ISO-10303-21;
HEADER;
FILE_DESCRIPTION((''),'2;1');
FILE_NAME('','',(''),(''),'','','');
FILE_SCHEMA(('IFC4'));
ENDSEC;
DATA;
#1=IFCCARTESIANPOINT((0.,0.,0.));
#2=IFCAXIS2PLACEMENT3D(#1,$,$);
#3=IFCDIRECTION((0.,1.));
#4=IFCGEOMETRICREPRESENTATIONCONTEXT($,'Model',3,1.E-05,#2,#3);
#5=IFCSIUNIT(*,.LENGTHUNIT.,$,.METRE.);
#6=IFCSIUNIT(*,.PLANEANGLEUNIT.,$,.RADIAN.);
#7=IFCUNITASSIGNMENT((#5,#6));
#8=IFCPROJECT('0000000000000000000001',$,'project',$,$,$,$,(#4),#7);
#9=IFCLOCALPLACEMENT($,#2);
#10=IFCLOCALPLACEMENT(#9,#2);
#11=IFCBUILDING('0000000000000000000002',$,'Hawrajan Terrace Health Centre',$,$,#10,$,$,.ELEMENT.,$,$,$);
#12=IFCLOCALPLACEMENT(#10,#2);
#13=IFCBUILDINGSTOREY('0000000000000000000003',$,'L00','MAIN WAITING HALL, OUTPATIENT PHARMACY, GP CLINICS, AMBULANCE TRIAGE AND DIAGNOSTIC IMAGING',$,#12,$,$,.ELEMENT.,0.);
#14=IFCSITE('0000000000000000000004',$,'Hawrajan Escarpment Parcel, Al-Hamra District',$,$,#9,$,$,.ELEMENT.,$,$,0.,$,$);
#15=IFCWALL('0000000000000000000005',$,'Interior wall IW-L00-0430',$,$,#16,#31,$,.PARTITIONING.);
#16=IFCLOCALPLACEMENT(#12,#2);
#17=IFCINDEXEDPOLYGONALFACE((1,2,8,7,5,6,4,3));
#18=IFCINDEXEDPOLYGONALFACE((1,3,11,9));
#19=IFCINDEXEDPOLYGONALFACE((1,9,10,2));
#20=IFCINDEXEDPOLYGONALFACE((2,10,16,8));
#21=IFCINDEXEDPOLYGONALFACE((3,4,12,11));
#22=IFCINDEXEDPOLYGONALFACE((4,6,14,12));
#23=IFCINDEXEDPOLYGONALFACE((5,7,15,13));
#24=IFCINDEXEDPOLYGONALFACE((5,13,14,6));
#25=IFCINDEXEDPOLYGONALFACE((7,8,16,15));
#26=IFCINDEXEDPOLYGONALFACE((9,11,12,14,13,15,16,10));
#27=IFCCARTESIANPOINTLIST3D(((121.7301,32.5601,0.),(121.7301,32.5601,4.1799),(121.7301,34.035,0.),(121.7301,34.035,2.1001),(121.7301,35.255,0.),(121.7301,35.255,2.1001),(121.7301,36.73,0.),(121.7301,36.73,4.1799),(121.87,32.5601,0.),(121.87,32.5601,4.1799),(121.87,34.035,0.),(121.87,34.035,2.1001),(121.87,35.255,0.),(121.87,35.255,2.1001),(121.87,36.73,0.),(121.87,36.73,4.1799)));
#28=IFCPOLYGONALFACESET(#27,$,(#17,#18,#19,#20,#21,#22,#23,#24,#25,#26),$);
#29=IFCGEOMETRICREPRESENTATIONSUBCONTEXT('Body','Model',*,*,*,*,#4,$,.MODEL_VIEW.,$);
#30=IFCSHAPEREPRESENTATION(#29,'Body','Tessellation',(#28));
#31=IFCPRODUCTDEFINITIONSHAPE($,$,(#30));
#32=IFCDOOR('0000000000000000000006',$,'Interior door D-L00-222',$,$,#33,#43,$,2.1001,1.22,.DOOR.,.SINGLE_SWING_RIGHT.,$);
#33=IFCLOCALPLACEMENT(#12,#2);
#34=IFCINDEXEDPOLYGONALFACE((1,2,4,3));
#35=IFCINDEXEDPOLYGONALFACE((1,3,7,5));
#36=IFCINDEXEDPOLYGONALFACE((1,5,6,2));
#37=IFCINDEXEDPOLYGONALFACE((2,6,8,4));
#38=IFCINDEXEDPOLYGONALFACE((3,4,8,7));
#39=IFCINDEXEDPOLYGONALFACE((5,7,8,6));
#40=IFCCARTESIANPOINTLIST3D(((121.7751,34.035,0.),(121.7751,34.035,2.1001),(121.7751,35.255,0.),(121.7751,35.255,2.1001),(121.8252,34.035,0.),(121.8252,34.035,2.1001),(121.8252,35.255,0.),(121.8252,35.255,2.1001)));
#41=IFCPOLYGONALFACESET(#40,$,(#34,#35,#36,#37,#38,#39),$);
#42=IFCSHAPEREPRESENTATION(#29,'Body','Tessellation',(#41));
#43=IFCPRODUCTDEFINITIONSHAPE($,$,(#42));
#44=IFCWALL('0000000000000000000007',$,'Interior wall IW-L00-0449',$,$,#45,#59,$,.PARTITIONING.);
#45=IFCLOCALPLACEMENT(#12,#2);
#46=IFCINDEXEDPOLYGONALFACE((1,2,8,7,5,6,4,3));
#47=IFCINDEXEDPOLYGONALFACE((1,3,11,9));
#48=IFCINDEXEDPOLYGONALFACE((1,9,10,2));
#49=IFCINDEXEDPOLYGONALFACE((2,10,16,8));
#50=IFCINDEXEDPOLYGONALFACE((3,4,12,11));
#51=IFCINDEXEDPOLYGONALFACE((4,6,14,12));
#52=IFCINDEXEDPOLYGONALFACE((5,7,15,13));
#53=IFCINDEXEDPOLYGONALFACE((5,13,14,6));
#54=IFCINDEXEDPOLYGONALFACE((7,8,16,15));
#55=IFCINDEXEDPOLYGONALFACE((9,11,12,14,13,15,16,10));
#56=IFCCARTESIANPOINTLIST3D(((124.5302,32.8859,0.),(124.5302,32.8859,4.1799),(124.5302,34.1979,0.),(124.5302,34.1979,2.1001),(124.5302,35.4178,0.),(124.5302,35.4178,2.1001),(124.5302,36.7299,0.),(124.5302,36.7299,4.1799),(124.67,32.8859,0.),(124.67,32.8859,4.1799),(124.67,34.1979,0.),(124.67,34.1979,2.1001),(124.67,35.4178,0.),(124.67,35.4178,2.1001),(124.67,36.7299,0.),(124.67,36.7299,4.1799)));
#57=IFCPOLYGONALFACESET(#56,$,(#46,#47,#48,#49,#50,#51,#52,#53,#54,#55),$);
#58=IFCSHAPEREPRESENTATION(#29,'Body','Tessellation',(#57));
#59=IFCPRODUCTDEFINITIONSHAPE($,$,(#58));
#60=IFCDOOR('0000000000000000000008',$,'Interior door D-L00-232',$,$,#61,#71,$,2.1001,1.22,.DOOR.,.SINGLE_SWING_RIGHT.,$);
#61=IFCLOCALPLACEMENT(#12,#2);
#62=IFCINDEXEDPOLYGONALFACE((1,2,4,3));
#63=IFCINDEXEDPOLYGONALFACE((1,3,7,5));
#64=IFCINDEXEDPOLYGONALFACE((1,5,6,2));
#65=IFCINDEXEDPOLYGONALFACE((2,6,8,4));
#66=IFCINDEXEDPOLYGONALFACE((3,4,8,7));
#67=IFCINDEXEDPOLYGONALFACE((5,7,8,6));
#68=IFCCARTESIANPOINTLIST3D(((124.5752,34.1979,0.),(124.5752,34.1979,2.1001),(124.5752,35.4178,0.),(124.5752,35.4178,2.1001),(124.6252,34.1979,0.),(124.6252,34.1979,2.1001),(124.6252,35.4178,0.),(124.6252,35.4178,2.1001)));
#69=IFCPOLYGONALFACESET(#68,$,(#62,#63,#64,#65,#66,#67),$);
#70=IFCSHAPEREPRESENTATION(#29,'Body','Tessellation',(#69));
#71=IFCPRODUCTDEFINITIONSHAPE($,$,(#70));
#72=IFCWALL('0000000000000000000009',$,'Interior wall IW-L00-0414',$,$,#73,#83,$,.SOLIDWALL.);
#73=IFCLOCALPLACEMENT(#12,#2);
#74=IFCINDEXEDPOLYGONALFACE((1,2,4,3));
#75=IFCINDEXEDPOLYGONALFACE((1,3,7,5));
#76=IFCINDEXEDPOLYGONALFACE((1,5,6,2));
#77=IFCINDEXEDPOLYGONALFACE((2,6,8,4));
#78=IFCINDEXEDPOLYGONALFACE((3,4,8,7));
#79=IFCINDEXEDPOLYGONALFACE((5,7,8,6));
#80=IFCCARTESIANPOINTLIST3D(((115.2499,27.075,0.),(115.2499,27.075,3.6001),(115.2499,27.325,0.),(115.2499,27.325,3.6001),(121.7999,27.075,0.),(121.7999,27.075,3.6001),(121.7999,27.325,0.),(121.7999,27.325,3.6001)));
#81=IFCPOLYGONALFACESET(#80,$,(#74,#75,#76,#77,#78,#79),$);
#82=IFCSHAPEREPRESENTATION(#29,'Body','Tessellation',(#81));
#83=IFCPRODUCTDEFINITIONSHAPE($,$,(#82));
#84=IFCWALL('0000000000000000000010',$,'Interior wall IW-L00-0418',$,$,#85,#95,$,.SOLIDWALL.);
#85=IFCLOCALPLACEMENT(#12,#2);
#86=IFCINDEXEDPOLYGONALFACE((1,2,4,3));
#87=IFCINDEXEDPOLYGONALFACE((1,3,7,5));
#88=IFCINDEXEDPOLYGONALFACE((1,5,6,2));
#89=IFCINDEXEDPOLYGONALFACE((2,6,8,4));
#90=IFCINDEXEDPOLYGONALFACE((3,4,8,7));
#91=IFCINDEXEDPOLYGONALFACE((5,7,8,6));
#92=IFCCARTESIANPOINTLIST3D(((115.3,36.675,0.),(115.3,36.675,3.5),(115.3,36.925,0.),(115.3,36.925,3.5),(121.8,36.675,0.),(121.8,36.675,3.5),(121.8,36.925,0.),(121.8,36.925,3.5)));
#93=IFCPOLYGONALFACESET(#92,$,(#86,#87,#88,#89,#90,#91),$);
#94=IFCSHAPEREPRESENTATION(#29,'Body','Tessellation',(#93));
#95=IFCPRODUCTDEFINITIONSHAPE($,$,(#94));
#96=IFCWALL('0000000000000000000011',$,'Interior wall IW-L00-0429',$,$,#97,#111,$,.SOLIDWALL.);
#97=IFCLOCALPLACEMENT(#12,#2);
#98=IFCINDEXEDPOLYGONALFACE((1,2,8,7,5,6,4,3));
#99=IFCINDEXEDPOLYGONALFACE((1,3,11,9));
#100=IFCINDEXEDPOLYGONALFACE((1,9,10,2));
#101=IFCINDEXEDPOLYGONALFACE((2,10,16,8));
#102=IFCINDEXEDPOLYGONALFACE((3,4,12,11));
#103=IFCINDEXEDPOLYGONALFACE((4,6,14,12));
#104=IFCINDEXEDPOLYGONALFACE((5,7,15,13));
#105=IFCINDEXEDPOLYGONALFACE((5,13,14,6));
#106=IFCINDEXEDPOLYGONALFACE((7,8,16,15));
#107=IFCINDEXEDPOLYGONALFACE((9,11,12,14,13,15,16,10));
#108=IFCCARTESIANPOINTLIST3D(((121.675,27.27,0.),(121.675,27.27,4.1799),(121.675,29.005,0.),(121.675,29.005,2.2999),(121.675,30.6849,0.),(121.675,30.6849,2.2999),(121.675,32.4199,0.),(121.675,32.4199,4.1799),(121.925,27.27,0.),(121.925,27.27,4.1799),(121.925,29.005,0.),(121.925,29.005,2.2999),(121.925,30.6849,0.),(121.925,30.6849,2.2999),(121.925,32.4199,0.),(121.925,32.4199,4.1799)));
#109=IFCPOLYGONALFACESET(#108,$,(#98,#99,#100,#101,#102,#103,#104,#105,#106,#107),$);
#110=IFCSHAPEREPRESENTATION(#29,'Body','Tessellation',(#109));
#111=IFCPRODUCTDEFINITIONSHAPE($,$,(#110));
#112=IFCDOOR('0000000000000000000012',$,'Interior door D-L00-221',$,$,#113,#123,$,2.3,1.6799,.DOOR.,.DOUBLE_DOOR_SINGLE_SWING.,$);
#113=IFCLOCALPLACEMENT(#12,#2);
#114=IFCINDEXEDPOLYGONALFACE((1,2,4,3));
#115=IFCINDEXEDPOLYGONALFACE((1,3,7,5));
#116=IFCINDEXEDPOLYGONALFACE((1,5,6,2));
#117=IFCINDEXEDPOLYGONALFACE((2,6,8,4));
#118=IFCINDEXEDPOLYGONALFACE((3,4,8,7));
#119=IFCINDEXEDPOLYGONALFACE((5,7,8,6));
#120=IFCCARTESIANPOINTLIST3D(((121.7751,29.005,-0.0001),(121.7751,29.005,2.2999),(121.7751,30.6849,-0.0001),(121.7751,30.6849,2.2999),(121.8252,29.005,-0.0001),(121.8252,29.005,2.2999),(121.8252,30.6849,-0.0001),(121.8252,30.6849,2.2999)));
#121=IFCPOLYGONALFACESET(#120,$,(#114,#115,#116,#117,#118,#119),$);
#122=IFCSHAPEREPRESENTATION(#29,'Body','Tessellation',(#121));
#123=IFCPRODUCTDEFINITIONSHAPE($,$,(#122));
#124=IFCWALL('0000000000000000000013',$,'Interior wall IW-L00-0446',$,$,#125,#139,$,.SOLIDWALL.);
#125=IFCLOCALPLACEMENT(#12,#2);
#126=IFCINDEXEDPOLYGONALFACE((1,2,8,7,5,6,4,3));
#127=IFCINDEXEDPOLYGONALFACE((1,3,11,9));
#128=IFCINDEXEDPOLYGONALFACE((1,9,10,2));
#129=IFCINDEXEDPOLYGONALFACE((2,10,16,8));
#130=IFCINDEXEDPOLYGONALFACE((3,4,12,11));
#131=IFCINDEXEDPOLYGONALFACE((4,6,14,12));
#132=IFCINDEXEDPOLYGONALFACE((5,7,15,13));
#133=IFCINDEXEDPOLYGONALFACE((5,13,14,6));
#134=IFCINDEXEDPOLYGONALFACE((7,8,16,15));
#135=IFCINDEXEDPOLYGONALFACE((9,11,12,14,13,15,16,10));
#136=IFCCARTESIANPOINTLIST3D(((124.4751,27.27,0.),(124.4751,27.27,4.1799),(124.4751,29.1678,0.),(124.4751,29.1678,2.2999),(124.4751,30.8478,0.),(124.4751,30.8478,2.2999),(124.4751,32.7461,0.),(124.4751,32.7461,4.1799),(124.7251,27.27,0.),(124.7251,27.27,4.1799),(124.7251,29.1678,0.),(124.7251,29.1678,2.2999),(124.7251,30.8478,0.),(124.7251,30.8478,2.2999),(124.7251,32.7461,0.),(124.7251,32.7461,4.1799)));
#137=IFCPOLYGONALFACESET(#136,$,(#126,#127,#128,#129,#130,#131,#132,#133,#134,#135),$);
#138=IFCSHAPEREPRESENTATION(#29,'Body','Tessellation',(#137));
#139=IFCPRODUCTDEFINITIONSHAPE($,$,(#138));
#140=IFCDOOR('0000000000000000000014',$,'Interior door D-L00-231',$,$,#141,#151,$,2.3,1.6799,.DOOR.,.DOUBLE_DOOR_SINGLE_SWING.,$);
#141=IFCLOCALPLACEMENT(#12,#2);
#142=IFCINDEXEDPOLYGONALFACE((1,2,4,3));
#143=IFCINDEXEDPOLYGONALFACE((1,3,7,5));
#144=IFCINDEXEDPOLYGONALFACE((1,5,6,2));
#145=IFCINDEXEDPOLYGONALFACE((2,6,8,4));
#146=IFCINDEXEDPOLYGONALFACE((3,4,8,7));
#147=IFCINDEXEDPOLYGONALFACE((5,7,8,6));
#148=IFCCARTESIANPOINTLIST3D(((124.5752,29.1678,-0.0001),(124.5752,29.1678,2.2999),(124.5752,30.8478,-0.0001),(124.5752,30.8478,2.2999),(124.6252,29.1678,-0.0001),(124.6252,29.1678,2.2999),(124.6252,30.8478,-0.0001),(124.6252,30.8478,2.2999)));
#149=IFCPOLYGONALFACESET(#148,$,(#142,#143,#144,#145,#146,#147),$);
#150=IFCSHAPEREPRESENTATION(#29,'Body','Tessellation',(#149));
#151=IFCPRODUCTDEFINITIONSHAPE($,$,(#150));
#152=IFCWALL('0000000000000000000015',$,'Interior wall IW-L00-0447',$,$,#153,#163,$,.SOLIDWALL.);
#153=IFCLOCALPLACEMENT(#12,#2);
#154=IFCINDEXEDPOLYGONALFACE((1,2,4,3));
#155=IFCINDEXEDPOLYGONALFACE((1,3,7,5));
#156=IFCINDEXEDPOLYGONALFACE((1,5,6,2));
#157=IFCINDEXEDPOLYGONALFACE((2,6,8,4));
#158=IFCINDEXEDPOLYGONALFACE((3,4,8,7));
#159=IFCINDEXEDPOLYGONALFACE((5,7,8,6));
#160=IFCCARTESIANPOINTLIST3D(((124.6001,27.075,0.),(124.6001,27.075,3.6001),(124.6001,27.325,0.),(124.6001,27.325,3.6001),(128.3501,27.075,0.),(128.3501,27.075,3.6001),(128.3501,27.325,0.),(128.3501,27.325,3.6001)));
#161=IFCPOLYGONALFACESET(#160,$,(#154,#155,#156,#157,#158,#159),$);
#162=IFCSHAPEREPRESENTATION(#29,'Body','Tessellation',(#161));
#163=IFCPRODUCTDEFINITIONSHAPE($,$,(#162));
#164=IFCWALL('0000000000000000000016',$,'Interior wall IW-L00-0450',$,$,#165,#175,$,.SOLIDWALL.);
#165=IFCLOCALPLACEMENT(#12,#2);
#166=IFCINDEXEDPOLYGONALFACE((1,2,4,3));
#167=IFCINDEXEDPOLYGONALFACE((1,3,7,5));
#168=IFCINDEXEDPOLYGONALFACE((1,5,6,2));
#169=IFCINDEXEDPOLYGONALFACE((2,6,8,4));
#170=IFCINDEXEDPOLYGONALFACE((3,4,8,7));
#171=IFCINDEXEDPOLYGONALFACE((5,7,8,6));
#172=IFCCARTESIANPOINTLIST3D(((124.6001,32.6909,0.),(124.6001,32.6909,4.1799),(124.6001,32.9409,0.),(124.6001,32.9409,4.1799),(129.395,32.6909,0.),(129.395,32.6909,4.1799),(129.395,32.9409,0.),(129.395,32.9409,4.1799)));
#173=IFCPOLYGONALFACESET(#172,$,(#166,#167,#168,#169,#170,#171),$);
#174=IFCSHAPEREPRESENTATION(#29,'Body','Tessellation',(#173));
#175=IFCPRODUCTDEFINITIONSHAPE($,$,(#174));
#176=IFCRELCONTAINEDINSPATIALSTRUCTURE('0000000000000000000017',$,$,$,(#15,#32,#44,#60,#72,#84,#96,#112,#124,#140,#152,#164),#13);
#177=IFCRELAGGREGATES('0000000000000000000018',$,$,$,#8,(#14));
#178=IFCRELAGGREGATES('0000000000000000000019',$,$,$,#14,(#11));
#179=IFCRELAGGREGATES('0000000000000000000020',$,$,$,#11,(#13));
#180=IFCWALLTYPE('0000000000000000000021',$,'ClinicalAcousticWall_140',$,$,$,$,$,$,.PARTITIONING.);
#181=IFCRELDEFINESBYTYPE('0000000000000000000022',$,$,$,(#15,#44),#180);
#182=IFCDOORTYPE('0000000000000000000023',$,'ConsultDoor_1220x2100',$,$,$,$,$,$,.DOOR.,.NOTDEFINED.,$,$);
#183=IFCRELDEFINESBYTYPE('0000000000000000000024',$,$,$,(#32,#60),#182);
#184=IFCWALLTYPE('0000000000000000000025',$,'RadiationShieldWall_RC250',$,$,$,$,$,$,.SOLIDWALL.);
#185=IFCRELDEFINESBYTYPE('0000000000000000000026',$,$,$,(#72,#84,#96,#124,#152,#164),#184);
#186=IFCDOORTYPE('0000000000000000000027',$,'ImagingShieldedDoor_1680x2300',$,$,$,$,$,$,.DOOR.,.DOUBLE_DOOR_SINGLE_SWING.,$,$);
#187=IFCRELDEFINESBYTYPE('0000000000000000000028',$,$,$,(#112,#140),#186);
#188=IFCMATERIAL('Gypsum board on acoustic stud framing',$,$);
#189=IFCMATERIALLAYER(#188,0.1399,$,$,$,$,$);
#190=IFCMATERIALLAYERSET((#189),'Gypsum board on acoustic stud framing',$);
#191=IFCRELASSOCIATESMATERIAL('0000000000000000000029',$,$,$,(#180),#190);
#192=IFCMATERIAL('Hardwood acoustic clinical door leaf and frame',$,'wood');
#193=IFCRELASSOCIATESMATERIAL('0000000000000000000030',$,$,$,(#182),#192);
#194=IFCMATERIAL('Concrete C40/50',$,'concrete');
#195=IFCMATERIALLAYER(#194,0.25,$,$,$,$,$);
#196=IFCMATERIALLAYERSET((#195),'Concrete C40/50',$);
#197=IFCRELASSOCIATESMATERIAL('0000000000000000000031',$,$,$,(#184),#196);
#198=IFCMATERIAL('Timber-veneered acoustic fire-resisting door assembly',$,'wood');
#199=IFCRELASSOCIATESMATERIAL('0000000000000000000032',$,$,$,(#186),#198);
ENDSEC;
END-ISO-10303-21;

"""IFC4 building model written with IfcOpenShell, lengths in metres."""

from ifc_helpers import new_model, si_unit, direction, frame, frame_2d, origin, place, context, subcontext, project, spatial, rectangle, extrude, material, layer, layer_set, type_object, element, fill, save


model = new_model("IFC4")

# Units and contexts
model_context = context("Model", 3, precision=1e-05, world=origin(), true_north=direction((0.0, 1.0)))
body_context = subcontext(model_context, "Body", "Model", "MODEL_VIEW")
ifc_project = project(units=[si_unit("LENGTHUNIT", "METRE"), si_unit("PLANEANGLEUNIT", "RADIAN")], contexts=[model_context])

# Site, building, storey
site_placement = place(None, origin())
site = spatial("IfcSite", under=ifc_project, at=site_placement, Name="Hawrajan Escarpment Parcel, Al-Hamra District", CompositionType="ELEMENT", RefElevation=0.0)
building_placement = place(site_placement, origin())
building = spatial("IfcBuilding", under=site, at=building_placement, Name="Hawrajan Terrace Health Centre", CompositionType="ELEMENT")
storey_placement = place(building_placement, origin())
storey = spatial("IfcBuildingStorey", under=building, at=storey_placement, Name="L00", Description="MAIN WAITING HALL, OUTPATIENT PHARMACY, GP CLINICS, AMBULANCE TRIAGE AND DIAGNOSTIC IMAGING", CompositionType="ELEMENT", Elevation=0.0)

# Shared definitions
ifc_material_1 = material(Name="Concrete C40/50", Category="concrete")

# Walls, openings, doors
ifc_material_2 = material(Name="Gypsum board on acoustic stud framing")
ifc_layer_1 = layer(ifc_material_2, 0.1399)
ifc_layer_set_1 = layer_set([ifc_layer_1], Name="Gypsum board on acoustic stud framing")
wall_type_1 = type_object("IfcWallType", Name="ClinicalAcousticWall_140", PredefinedType="PARTITIONING", material=ifc_layer_set_1)
wall_1_placement = place(storey_placement, frame((121.8, 32.5601, 0.0), z_axis=(0.0, 0.0, 1.0), x_axis=(0.0, 1.0, 0.0)))
wall_1 = element("IfcWall", 1, at=wall_1_placement, inside=storey, type_object=wall_type_1, Name="Interior wall IW-L00-0430", PredefinedType="PARTITIONING", context=body_context, shape_type="SweptSolid", body=[
    extrude(rectangle(XDim=4.1699, YDim=0.1399, at=frame_2d((2.085, 0.0))), origin(), (0.0, 0.0, 1.0), 4.1799),
])
opening_1_placement = place(wall_1_placement, frame((1.4751, 0.0, 0.0)))
opening_1 = element("IfcOpeningElement", 2, at=opening_1_placement, cuts=wall_1, PredefinedType="OPENING", context=body_context, shape_type="SweptSolid", body=[
    extrude(rectangle(XDim=1.22, YDim=2.1001, at=frame_2d((0.6099, 1.05))), frame((0.0, 0.0798, 0.0), z_axis=(0.0, -1.0, 0.0), x_axis=(1.0, 0.0, 0.0)), (0.0, 0.0, 1.0), 0.1599),
])
ifc_material_3 = material(Name="Hardwood acoustic clinical door leaf and frame", Category="wood")
door_type_1 = type_object("IfcDoorType", Name="ConsultDoor_1220x2100", OperationType="NOTDEFINED", PredefinedType="DOOR", material=ifc_material_3)
door_1_placement = place(opening_1_placement, origin())
door_1 = element("IfcDoor", 3, at=door_1_placement, inside=storey, type_object=door_type_1, Name="Interior door D-L00-222", OperationType="SINGLE_SWING_RIGHT", OverallHeight=2.1001, OverallWidth=1.22, PredefinedType="DOOR", context=body_context, shape_type="SweptSolid", body=[
    extrude(rectangle(XDim=1.22, YDim=2.1001, at=frame_2d((0.6099, 1.05))), frame((0.0, 0.0249, 0.0), z_axis=(0.0, -1.0, 0.0), x_axis=(1.0, 0.0, 0.0)), (0.0, 0.0, 1.0), 0.05),
])
fill(opening_1, door_1)
wall_2_placement = place(storey_placement, frame((124.6001, 32.886, 0.0), z_axis=(0.0, 0.0, 1.0), x_axis=(0.0, 1.0, 0.0)))
wall_2 = element("IfcWall", 4, at=wall_2_placement, inside=storey, type_object=wall_type_1, Name="Interior wall IW-L00-0449", PredefinedType="PARTITIONING", context=body_context, shape_type="SweptSolid", body=[
    extrude(rectangle(XDim=3.844, YDim=0.1399, at=frame_2d((1.9219, 0.0))), origin(), (0.0, 0.0, 1.0), 4.1799),
])
opening_2_placement = place(wall_2_placement, frame((1.312, 0.0, 0.0)))
opening_2 = element("IfcOpeningElement", 5, at=opening_2_placement, cuts=wall_2, PredefinedType="OPENING", context=body_context, shape_type="SweptSolid", body=[
    extrude(rectangle(XDim=1.22, YDim=2.1001, at=frame_2d((0.6099, 1.05))), frame((0.0, 0.0798, 0.0), z_axis=(0.0, -1.0, 0.0), x_axis=(1.0, 0.0, 0.0)), (0.0, 0.0, 1.0), 0.1599),
])
door_2_placement = place(opening_2_placement, origin())
door_2 = element("IfcDoor", 6, at=door_2_placement, inside=storey, type_object=door_type_1, Name="Interior door D-L00-232", OperationType="SINGLE_SWING_RIGHT", OverallHeight=2.1001, OverallWidth=1.22, PredefinedType="DOOR", context=body_context, shape_type="SweptSolid", body=[
    extrude(rectangle(XDim=1.22, YDim=2.1001, at=frame_2d((0.6099, 1.05))), frame((0.0, 0.0249, 0.0), z_axis=(0.0, -1.0, 0.0), x_axis=(1.0, 0.0, 0.0)), (0.0, 0.0, 1.0), 0.05),
])
fill(opening_2, door_2)

# Walls
ifc_layer_2 = layer(ifc_material_1, 0.25)
ifc_layer_set_2 = layer_set([ifc_layer_2], Name="Concrete C40/50")
wall_type_2 = type_object("IfcWallType", Name="RadiationShieldWall_RC250", PredefinedType="SOLIDWALL", material=ifc_layer_set_2)
wall_3_placement = place(storey_placement, frame((115.25, 27.2, 0.0), z_axis=(0.0, 0.0, 1.0), x_axis=(1.0, 0.0, 0.0)))
element("IfcWall", 7, at=wall_3_placement, inside=storey, type_object=wall_type_2, Name="Interior wall IW-L00-0414", PredefinedType="SOLIDWALL", context=body_context, shape_type="SweptSolid", body=[
    extrude(rectangle(XDim=6.55, YDim=0.25, at=frame_2d((3.2749, 0.0))), origin(), (0.0, 0.0, 1.0), 3.6001),
])
wall_4_placement = place(storey_placement, frame((115.3, 36.8, 0.0), z_axis=(0.0, 0.0, 1.0), x_axis=(1.0, 0.0, 0.0)))
element("IfcWall", 8, at=wall_4_placement, inside=storey, type_object=wall_type_2, Name="Interior wall IW-L00-0418", PredefinedType="SOLIDWALL", context=body_context, shape_type="SweptSolid", body=[
    extrude(rectangle(XDim=6.5, YDim=0.25, at=frame_2d((3.25, 0.0))), origin(), (0.0, 0.0, 1.0), 3.5),
])

# Walls, openings, doors
wall_5_placement = place(storey_placement, frame((121.8, 27.27, 0.0), z_axis=(0.0, 0.0, 1.0), x_axis=(0.0, 1.0, 0.0)))
wall_5 = element("IfcWall", 9, at=wall_5_placement, inside=storey, type_object=wall_type_2, Name="Interior wall IW-L00-0429", PredefinedType="SOLIDWALL", context=body_context, shape_type="SweptSolid", body=[
    extrude(rectangle(XDim=5.1499, YDim=0.25, at=frame_2d((2.575, 0.0))), origin(), (0.0, 0.0, 1.0), 4.1799),
])
opening_3_placement = place(wall_5_placement, frame((1.7351, 0.0, 0.0)))
opening_3 = element("IfcOpeningElement", 10, at=opening_3_placement, cuts=wall_5, PredefinedType="OPENING", context=body_context, shape_type="SweptSolid", body=[
    extrude(rectangle(XDim=1.6799, YDim=2.3, at=frame_2d((0.8398, 1.1499))), frame((0.0, 0.135, 0.0), z_axis=(0.0, -1.0, 0.0), x_axis=(1.0, 0.0, 0.0)), (0.0, 0.0, 1.0), 0.27),
])
ifc_material_4 = material(Name="Timber-veneered acoustic fire-resisting door assembly", Category="wood")
door_type_2 = type_object("IfcDoorType", Name="ImagingShieldedDoor_1680x2300", OperationType="DOUBLE_DOOR_SINGLE_SWING", PredefinedType="DOOR", material=ifc_material_4)
door_3_placement = place(opening_3_placement, origin())
door_3 = element("IfcDoor", 11, at=door_3_placement, inside=storey, type_object=door_type_2, Name="Interior door D-L00-221", OperationType="DOUBLE_DOOR_SINGLE_SWING", OverallHeight=2.3, OverallWidth=1.6799, PredefinedType="DOOR", context=body_context, shape_type="SweptSolid", body=[
    extrude(rectangle(XDim=1.6799, YDim=2.3, at=frame_2d((0.8398, 1.1499))), frame((0.0, 0.0249, 0.0), z_axis=(0.0, -1.0, 0.0), x_axis=(1.0, 0.0, 0.0)), (0.0, 0.0, 1.0), 0.05),
])
fill(opening_3, door_3)
wall_6_placement = place(storey_placement, frame((124.6001, 27.27, 0.0), z_axis=(0.0, 0.0, 1.0), x_axis=(0.0, 1.0, 0.0)))
wall_6 = element("IfcWall", 12, at=wall_6_placement, inside=storey, type_object=wall_type_2, Name="Interior wall IW-L00-0446", PredefinedType="SOLIDWALL", context=body_context, shape_type="SweptSolid", body=[
    extrude(rectangle(XDim=5.4761, YDim=0.25, at=frame_2d((2.738, 0.0))), origin(), (0.0, 0.0, 1.0), 4.1799),
])
opening_4_placement = place(wall_6_placement, frame((1.8979, 0.0, 0.0)))
opening_4 = element("IfcOpeningElement", 13, at=opening_4_placement, cuts=wall_6, PredefinedType="OPENING", context=body_context, shape_type="SweptSolid", body=[
    extrude(rectangle(XDim=1.6799, YDim=2.3, at=frame_2d((0.8398, 1.1499))), frame((0.0, 0.135, 0.0), z_axis=(0.0, -1.0, 0.0), x_axis=(1.0, 0.0, 0.0)), (0.0, 0.0, 1.0), 0.27),
])
door_4_placement = place(opening_4_placement, origin())
door_4 = element("IfcDoor", 14, at=door_4_placement, inside=storey, type_object=door_type_2, Name="Interior door D-L00-231", OperationType="DOUBLE_DOOR_SINGLE_SWING", OverallHeight=2.3, OverallWidth=1.6799, PredefinedType="DOOR", context=body_context, shape_type="SweptSolid", body=[
    extrude(rectangle(XDim=1.6799, YDim=2.3, at=frame_2d((0.8398, 1.1499))), frame((0.0, 0.0249, 0.0), z_axis=(0.0, -1.0, 0.0), x_axis=(1.0, 0.0, 0.0)), (0.0, 0.0, 1.0), 0.05),
])
fill(opening_4, door_4)

# Walls
wall_7_placement = place(storey_placement, frame((124.6001, 27.2, 0.0), z_axis=(0.0, 0.0, 1.0), x_axis=(1.0, 0.0, 0.0)))
element("IfcWall", 15, at=wall_7_placement, inside=storey, type_object=wall_type_2, Name="Interior wall IW-L00-0447", PredefinedType="SOLIDWALL", context=body_context, shape_type="SweptSolid", body=[
    extrude(rectangle(XDim=3.75, YDim=0.25, at=frame_2d((1.875, 0.0))), origin(), (0.0, 0.0, 1.0), 3.6001),
])
wall_8_placement = place(storey_placement, frame((124.6001, 32.8159, 0.0), z_axis=(0.0, 0.0, 1.0), x_axis=(1.0, 0.0, 0.0)))
element("IfcWall", 16, at=wall_8_placement, inside=storey, type_object=wall_type_2, Name="Interior wall IW-L00-0450", PredefinedType="SOLIDWALL", context=body_context, shape_type="SweptSolid", body=[
    extrude(rectangle(XDim=4.7949, YDim=0.25, at=frame_2d((2.3975, 0.0))), origin(), (0.0, 0.0, 1.0), 4.1799),
])

save(model, "model.ifc")
